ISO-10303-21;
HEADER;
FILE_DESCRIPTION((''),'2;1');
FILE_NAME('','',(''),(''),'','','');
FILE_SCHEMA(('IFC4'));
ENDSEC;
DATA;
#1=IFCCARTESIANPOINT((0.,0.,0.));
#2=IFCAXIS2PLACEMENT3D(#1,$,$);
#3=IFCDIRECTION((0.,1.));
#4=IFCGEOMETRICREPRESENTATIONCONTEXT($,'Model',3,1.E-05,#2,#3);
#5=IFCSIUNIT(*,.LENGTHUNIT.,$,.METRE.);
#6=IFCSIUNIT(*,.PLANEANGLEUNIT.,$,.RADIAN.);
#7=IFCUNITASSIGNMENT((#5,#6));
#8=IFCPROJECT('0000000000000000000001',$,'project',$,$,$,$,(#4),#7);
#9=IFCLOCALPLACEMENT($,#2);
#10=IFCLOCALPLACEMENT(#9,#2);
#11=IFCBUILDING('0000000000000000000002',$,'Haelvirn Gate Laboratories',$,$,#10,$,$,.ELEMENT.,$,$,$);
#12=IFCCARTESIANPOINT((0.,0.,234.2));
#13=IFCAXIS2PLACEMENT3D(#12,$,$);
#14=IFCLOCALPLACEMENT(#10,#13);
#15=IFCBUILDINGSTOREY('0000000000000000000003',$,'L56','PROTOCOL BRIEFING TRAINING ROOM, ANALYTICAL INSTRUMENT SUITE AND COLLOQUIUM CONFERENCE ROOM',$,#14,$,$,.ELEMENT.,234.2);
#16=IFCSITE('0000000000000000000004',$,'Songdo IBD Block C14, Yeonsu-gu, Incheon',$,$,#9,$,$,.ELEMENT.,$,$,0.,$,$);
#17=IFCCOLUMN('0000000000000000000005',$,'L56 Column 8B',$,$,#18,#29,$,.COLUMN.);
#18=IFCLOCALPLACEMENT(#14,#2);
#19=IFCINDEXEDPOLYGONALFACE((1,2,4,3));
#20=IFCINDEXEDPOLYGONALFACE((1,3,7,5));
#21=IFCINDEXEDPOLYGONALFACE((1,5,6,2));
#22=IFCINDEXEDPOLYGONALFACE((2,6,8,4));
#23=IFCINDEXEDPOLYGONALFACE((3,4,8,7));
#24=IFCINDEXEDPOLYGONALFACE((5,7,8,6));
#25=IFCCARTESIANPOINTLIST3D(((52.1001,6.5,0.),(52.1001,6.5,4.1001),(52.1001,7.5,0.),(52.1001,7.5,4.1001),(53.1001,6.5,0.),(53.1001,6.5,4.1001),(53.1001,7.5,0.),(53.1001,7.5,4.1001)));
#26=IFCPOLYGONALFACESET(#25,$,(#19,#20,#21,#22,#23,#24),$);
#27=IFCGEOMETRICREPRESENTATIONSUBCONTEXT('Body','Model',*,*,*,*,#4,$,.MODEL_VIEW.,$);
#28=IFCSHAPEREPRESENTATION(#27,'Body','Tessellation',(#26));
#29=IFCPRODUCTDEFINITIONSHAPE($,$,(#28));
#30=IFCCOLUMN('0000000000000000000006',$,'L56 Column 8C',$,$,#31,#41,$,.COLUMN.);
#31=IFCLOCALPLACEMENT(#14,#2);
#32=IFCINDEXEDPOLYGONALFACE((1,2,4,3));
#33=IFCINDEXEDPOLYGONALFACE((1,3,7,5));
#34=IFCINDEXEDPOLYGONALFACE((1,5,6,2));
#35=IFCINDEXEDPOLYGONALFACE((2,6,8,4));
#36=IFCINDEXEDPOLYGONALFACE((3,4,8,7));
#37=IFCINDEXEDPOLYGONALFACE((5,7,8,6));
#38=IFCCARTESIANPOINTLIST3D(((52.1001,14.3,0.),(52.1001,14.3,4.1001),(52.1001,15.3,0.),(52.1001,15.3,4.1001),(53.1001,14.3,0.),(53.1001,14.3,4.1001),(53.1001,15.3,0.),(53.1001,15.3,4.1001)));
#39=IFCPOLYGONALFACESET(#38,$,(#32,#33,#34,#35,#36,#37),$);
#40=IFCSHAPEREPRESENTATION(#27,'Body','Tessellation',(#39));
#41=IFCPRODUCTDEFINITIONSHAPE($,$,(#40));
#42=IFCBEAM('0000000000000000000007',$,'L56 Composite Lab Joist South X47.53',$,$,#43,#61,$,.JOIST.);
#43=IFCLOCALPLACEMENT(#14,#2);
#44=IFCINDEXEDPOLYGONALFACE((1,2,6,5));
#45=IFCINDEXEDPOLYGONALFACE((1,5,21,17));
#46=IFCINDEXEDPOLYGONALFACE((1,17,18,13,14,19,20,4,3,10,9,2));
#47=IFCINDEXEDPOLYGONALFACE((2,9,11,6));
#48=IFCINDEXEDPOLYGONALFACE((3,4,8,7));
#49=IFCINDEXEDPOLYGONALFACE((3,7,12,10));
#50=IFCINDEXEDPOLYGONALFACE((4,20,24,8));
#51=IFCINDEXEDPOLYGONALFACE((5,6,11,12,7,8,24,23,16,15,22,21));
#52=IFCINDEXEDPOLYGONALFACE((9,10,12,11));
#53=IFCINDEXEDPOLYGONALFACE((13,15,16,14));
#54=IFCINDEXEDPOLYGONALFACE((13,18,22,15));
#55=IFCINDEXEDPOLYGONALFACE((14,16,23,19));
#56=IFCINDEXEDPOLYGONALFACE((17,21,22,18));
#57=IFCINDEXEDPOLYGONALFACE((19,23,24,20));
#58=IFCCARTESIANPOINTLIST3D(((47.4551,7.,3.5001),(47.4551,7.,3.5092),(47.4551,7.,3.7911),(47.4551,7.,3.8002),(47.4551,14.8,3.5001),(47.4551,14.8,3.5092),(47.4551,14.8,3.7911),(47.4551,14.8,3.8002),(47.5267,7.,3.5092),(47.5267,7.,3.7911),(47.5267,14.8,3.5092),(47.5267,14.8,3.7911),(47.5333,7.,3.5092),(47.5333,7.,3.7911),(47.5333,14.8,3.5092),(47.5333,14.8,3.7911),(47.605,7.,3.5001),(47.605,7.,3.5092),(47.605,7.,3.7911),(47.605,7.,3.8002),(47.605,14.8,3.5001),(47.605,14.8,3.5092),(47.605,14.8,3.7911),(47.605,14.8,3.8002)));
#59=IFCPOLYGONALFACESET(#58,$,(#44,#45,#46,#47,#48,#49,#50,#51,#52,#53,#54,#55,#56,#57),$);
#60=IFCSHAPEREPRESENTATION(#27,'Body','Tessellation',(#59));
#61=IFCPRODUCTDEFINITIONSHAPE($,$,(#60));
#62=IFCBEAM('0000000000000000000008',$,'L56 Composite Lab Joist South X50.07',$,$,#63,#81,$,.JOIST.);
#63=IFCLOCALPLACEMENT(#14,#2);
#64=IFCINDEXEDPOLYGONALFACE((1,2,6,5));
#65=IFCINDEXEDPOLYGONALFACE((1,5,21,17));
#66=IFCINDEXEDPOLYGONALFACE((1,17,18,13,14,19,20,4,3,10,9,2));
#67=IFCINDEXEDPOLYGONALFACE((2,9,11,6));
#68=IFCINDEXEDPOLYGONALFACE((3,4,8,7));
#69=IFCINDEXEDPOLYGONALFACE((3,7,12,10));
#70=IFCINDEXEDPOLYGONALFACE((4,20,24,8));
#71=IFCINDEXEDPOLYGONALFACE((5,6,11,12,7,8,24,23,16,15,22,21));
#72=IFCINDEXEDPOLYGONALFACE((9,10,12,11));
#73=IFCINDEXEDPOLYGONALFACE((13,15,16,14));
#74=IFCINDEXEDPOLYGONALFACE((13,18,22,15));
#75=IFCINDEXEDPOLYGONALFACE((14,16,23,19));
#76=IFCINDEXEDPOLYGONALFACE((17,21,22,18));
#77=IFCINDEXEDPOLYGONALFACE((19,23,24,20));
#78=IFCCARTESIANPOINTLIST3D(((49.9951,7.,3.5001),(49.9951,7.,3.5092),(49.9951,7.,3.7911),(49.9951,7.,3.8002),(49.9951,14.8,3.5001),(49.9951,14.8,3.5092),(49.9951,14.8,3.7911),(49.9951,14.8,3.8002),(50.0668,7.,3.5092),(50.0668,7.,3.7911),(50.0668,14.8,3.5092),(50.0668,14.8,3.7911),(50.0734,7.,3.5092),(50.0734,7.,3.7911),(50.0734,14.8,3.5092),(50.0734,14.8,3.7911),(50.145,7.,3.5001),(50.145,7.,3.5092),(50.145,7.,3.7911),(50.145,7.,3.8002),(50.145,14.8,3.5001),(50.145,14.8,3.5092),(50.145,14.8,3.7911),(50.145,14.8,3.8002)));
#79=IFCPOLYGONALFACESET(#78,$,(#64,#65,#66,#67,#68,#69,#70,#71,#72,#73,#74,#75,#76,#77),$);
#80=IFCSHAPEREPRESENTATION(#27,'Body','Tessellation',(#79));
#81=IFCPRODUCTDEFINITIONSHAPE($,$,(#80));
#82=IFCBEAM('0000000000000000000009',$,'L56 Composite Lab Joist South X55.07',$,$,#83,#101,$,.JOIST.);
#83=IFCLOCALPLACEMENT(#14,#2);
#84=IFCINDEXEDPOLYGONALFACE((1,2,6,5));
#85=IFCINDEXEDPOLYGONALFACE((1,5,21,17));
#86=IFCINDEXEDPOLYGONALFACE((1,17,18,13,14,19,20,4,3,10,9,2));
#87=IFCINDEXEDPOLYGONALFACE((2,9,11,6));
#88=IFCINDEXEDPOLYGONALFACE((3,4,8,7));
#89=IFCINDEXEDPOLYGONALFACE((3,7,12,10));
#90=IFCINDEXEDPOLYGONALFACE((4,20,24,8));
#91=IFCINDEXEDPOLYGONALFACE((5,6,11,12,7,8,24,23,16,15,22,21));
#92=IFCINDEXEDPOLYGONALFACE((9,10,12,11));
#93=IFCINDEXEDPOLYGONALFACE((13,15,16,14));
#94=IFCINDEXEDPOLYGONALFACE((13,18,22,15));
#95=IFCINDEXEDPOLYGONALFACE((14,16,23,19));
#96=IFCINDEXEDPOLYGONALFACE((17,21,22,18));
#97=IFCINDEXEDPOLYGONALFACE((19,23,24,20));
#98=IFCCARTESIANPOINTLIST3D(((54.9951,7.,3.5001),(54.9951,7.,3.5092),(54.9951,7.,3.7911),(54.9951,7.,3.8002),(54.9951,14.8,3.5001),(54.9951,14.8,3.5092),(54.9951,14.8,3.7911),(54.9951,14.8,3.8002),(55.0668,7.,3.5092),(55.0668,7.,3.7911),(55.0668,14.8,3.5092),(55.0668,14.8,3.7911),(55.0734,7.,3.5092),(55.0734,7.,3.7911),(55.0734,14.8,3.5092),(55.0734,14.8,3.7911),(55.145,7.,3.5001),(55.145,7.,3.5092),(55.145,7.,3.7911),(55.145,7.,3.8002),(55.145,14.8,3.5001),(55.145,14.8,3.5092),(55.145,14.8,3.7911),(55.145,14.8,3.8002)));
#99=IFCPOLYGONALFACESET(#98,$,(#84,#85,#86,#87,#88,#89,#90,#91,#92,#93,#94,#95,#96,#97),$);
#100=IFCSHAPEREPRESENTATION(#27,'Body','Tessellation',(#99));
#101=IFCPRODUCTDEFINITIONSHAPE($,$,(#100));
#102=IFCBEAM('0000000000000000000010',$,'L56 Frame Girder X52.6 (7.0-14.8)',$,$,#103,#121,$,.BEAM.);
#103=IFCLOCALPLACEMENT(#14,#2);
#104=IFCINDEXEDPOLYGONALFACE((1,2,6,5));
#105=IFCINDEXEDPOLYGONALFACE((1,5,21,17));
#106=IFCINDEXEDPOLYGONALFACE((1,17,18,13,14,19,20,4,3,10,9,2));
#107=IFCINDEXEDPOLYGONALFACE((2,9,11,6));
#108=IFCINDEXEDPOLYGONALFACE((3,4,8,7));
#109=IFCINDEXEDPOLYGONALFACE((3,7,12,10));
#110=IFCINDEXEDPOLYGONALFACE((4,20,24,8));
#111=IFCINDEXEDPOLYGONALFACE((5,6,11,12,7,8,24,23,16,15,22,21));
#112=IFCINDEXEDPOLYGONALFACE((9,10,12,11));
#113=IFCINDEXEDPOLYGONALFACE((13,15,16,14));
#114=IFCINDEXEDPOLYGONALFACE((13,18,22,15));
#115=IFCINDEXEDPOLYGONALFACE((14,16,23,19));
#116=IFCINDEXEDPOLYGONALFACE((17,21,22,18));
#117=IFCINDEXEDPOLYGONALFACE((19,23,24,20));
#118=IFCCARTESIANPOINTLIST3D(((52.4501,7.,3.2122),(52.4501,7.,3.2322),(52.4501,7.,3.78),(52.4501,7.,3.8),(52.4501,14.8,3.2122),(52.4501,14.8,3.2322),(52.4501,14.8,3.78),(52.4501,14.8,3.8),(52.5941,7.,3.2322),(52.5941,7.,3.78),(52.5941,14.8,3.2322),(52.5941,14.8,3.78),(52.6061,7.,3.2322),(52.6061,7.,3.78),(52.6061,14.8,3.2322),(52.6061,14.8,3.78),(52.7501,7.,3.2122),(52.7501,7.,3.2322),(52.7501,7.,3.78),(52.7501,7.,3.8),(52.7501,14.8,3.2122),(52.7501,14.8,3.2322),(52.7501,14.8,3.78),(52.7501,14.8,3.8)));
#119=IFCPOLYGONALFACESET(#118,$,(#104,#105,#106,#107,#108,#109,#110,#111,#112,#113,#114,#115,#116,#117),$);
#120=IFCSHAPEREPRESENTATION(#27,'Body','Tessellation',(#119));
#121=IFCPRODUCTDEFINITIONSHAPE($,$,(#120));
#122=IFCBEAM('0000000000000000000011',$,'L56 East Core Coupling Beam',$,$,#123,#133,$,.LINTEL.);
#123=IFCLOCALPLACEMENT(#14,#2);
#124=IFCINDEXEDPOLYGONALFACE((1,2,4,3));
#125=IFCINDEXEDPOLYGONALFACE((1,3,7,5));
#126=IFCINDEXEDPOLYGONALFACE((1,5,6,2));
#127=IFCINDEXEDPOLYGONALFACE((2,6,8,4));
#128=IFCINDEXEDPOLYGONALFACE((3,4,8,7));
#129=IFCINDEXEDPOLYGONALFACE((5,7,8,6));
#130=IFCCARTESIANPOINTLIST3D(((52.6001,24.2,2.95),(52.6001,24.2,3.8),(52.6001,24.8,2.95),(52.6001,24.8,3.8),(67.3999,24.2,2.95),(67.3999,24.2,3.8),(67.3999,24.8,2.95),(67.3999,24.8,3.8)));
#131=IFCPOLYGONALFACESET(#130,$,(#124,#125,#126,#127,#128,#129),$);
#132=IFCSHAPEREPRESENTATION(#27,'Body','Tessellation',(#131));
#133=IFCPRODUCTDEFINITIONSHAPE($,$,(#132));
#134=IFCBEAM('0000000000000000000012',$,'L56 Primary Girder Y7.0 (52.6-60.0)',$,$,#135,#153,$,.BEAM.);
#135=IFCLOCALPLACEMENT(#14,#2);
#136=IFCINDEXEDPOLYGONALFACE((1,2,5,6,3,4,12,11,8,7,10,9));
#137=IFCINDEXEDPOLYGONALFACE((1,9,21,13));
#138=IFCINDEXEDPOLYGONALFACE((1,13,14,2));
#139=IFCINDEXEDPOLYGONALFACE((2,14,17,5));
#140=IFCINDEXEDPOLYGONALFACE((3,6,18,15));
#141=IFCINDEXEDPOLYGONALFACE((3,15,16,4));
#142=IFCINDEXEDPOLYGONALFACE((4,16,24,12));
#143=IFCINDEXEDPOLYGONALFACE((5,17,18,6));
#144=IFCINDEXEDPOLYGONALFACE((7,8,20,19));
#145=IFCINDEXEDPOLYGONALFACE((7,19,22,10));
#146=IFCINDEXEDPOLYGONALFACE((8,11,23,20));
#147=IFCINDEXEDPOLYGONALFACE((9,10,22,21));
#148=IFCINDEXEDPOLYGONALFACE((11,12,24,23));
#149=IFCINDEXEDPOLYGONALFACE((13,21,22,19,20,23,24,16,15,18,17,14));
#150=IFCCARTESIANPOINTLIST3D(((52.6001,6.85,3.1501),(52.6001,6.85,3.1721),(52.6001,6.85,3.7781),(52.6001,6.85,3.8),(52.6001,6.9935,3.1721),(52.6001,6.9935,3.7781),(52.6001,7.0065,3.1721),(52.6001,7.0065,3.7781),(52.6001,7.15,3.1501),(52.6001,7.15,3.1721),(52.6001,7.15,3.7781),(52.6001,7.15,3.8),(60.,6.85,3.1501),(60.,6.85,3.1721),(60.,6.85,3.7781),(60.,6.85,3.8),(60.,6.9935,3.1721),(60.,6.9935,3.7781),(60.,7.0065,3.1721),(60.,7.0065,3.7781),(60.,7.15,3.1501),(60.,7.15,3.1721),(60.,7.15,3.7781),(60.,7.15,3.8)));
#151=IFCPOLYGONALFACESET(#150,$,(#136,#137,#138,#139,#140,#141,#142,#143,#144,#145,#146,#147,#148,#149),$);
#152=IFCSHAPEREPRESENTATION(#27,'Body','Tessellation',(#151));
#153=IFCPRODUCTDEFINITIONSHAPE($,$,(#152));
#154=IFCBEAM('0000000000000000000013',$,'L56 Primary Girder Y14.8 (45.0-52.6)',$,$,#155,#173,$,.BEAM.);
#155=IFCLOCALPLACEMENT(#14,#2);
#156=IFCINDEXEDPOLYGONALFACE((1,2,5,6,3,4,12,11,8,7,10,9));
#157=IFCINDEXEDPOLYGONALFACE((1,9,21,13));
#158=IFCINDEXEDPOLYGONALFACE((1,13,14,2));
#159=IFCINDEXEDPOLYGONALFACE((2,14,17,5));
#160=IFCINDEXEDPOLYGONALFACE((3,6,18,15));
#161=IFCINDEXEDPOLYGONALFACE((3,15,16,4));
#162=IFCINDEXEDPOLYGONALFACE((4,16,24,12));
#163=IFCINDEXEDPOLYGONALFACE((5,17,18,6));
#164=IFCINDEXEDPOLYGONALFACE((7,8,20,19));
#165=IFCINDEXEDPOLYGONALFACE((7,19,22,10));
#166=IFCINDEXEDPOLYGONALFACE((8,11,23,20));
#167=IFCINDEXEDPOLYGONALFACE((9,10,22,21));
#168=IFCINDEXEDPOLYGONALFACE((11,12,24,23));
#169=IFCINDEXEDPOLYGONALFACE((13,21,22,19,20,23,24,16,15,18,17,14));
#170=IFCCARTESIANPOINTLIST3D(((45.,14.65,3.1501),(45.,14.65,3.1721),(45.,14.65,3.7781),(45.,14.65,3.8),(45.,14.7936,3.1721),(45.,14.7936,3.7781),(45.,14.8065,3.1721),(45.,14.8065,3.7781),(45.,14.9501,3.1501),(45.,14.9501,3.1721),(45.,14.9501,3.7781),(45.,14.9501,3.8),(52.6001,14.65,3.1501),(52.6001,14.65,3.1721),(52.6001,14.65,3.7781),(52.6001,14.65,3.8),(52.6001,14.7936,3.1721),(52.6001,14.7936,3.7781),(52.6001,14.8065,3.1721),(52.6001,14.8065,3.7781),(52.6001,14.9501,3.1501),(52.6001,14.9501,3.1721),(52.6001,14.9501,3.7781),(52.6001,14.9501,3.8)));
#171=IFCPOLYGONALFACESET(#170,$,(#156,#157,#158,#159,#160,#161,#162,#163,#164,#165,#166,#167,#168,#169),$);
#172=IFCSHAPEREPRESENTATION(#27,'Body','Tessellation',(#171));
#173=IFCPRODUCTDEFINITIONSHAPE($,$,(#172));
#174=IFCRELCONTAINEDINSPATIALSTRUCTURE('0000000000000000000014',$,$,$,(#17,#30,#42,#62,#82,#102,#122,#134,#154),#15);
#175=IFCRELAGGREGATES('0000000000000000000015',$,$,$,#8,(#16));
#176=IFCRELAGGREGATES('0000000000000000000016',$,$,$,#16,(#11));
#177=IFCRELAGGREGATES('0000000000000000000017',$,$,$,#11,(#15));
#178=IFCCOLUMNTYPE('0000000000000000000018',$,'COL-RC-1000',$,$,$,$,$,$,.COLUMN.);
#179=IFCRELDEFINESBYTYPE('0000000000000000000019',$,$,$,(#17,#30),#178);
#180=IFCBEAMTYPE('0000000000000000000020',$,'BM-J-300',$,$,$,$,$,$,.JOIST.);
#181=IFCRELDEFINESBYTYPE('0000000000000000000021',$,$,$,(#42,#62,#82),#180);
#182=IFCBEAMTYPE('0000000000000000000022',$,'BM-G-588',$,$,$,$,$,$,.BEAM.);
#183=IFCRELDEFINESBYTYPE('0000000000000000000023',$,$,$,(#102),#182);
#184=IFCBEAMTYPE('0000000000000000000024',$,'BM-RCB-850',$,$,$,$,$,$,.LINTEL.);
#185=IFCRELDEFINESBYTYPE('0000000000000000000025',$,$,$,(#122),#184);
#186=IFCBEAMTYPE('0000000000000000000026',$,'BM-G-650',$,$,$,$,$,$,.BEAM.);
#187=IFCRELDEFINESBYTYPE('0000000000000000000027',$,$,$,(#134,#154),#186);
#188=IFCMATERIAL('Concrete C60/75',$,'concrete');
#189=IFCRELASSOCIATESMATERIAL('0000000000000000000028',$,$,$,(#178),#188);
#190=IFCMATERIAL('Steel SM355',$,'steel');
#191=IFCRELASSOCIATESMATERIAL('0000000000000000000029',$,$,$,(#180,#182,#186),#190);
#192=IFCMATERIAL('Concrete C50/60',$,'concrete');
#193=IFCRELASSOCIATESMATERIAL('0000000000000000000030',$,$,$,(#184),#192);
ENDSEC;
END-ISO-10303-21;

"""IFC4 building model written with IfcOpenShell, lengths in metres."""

from ifc_helpers import new_model, si_unit, direction, frame, origin, origin_2d, place, context, subcontext, project, spatial, rectangle, i_section, extrude, source, transform, mapped, material, material_profile, profile_set, type_object, type_shapes, element, save


model = new_model("IFC4")

# Units and contexts
model_context = context("Model", 3, precision=1e-05, world=origin(), true_north=direction((0.0, 1.0)))
body_context = subcontext(model_context, "Body", "Model", "MODEL_VIEW")
ifc_project = project(units=[si_unit("LENGTHUNIT", "METRE"), si_unit("PLANEANGLEUNIT", "RADIAN")], contexts=[model_context])

# Site, building, storey
site_placement = place(None, origin())
site = spatial("IfcSite", under=ifc_project, at=site_placement, Name="Songdo IBD Block C14, Yeonsu-gu, Incheon", CompositionType="ELEMENT", RefElevation=0.0)
building_placement = place(site_placement, origin())
building = spatial("IfcBuilding", under=site, at=building_placement, Name="Haelvirn Gate Laboratories", CompositionType="ELEMENT")
storey_placement = place(building_placement, frame((0.0, 0.0, 234.2)))
storey = spatial("IfcBuildingStorey", under=building, at=storey_placement, Name="L56", Description="PROTOCOL BRIEFING TRAINING ROOM, ANALYTICAL INSTRUMENT SUITE AND COLLOQUIUM CONFERENCE ROOM", CompositionType="ELEMENT", Elevation=234.2)

# Columns
ifc_material_1 = material(Name="Concrete C60/75", Category="concrete")
ifc_material_profile_1 = material_profile(ifc_material_1, rectangle(XDim=1.0, YDim=1.0, at=origin_2d()), Name="RC-1000x1000")
ifc_profile_set_1 = profile_set([ifc_material_profile_1], Name="Concrete C60/75")
column_type = type_object("IfcColumnType", Name="COL-RC-1000", PredefinedType="COLUMN", material=ifc_profile_set_1)
shared_shape_1 = source(origin(), body_context, "Body", "SweptSolid", [
    extrude(rectangle(XDim=1.0, YDim=1.0, at=origin_2d()), origin(), (0.0, 0.0, 1.0), 4.1001),
])
type_shapes(column_type, [shared_shape_1])
for number, where, z_axis, x_axis, name in (
    (1, (52.6001, 7.0, 0.0), (0.0, 0.0, 1.0), (1.0, 0.0, 0.0), "L56 Column 8B"),
    (2, (52.6001, 14.8, 0.0), (0.0, 0.0, 1.0), (1.0, 0.0, 0.0), "L56 Column 8C"),
):
    element("IfcColumn", number, at=place(storey_placement, frame(where, z_axis=z_axis, x_axis=x_axis)), inside=storey, type_object=column_type, Name=name, PredefinedType="COLUMN", context=body_context, shape_type="MappedRepresentation", body=[
        mapped(shared_shape_1, transform((0.0, 0.0, 0.0), scale=1.0)),
    ])

# Beams
ifc_material_2 = material(Name="Steel SM355", Category="steel")
ifc_material_profile_2 = material_profile(ifc_material_2, i_section(OverallWidth=0.1499, OverallDepth=0.3, WebThickness=0.0066, FlangeThickness=0.009, at=origin_2d()), Name="H-300x150x6.5x9")
ifc_profile_set_2 = profile_set([ifc_material_profile_2], Name="Steel SM355")
beam_type_1 = type_object("IfcBeamType", Name="BM-J-300", PredefinedType="JOIST", material=ifc_profile_set_2)
shared_shape_2 = source(origin(), body_context, "Body", "SweptSolid", [
    extrude(i_section(OverallWidth=0.1499, OverallDepth=0.3, WebThickness=0.0066, FlangeThickness=0.009, at=origin_2d()), origin(), (0.0, 0.0, 1.0), 7.8),
])
type_shapes(beam_type_1, [shared_shape_2])
for number, where, z_axis, x_axis, name in (
    (3, (47.53, 7.0, 3.6501), (0.0, 1.0, 0.0), (-1.0, 0.0, 0.0), "L56 Composite Lab Joist South X47.53"),
    (4, (50.0701, 7.0, 3.6501), (0.0, 1.0, 0.0), (-1.0, 0.0, 0.0), "L56 Composite Lab Joist South X50.07"),
    (5, (55.0701, 7.0, 3.6501), (0.0, 1.0, 0.0), (-1.0, 0.0, 0.0), "L56 Composite Lab Joist South X55.07"),
):
    element("IfcBeam", number, at=place(storey_placement, frame(where, z_axis=z_axis, x_axis=x_axis)), inside=storey, type_object=beam_type_1, Name=name, PredefinedType="JOIST", context=body_context, shape_type="MappedRepresentation", body=[
        mapped(shared_shape_2, transform((0.0, 0.0, 0.0), scale=1.0)),
    ])
ifc_material_profile_3 = material_profile(ifc_material_2, i_section(OverallWidth=0.3, OverallDepth=0.5879, WebThickness=0.012, FlangeThickness=0.02, at=origin_2d()), Name="H-588x300x12x20")
ifc_profile_set_3 = profile_set([ifc_material_profile_3], Name="Steel SM355")
beam_type_2 = type_object("IfcBeamType", Name="BM-G-588", PredefinedType="BEAM", material=ifc_profile_set_3)
shared_shape_3 = source(origin(), body_context, "Body", "SweptSolid", [
    extrude(i_section(OverallWidth=0.3, OverallDepth=0.5879, WebThickness=0.012, FlangeThickness=0.02, at=origin_2d()), origin(), (0.0, 0.0, 1.0), 7.8),
])
type_shapes(beam_type_2, [shared_shape_3])
beam_1_placement = place(storey_placement, frame((52.6001, 7.0, 3.5061), z_axis=(0.0, 1.0, 0.0), x_axis=(-1.0, 0.0, 0.0)))
element("IfcBeam", 6, at=beam_1_placement, inside=storey, type_object=beam_type_2, Name="L56 Frame Girder X52.6 (7.0-14.8)", PredefinedType="BEAM", context=body_context, shape_type="MappedRepresentation", body=[
    mapped(shared_shape_3, transform((0.0, 0.0, 0.0), scale=1.0)),
])
ifc_material_3 = material(Name="Concrete C50/60", Category="concrete")
ifc_material_profile_4 = material_profile(ifc_material_3, rectangle(XDim=0.6001, YDim=0.8501, at=origin_2d()), Name="RCB-600x850")
ifc_profile_set_4 = profile_set([ifc_material_profile_4], Name="Concrete C50/60")
beam_type_3 = type_object("IfcBeamType", Name="BM-RCB-850", PredefinedType="LINTEL", material=ifc_profile_set_4)
shared_shape_4 = source(origin(), body_context, "Body", "SweptSolid", [
    extrude(rectangle(XDim=0.6001, YDim=0.8501, at=origin_2d()), origin(), (0.0, 0.0, 1.0), 14.7998),
])
type_shapes(beam_type_3, [shared_shape_4])
beam_2_placement = place(storey_placement, frame((52.6001, 24.5, 3.375), z_axis=(1.0, 0.0, 0.0), x_axis=(0.0, 1.0, 0.0)))
element("IfcBeam", 7, at=beam_2_placement, inside=storey, type_object=beam_type_3, Name="L56 East Core Coupling Beam", PredefinedType="LINTEL", context=body_context, shape_type="MappedRepresentation", body=[
    mapped(shared_shape_4, transform((0.0, 0.0, 0.0), scale=1.0)),
])
ifc_material_profile_5 = material_profile(ifc_material_2, i_section(OverallWidth=0.3, OverallDepth=0.6499, WebThickness=0.0129, FlangeThickness=0.022, at=origin_2d()), Name="H-650x300x13x22")
ifc_profile_set_5 = profile_set([ifc_material_profile_5], Name="Steel SM355")
beam_type_4 = type_object("IfcBeamType", Name="BM-G-650", PredefinedType="BEAM", material=ifc_profile_set_5)
shared_shape_5 = source(origin(), body_context, "Body", "SweptSolid", [
    extrude(i_section(OverallWidth=0.3, OverallDepth=0.6499, WebThickness=0.0129, FlangeThickness=0.022, at=origin_2d()), origin(), (0.0, 0.0, 1.0), 7.3999),
])
beam_3_placement = place(storey_placement, frame((52.6001, 7.0, 3.4751), z_axis=(1.0, 0.0, 0.0), x_axis=(0.0, 1.0, 0.0)))
element("IfcBeam", 8, at=beam_3_placement, inside=storey, type_object=beam_type_4, Name="L56 Primary Girder Y7.0 (52.6-60.0)", PredefinedType="BEAM", context=body_context, shape_type="MappedRepresentation", body=[
    mapped(shared_shape_5, transform((0.0, 0.0, 0.0), scale=1.0)),
])
shared_shape_6 = source(origin(), body_context, "Body", "SweptSolid", [
    extrude(i_section(OverallWidth=0.3, OverallDepth=0.6499, WebThickness=0.0129, FlangeThickness=0.022, at=origin_2d()), origin(), (0.0, 0.0, 1.0), 7.6001),
])
type_shapes(beam_type_4, [shared_shape_5, shared_shape_6])
beam_4_placement = place(storey_placement, frame((45.0, 14.8, 3.4751), z_axis=(1.0, 0.0, 0.0), x_axis=(0.0, 1.0, 0.0)))
element("IfcBeam", 9, at=beam_4_placement, inside=storey, type_object=beam_type_4, Name="L56 Primary Girder Y14.8 (45.0-52.6)", PredefinedType="BEAM", context=body_context, shape_type="MappedRepresentation", body=[
    mapped(shared_shape_6, transform((0.0, 0.0, 0.0), scale=1.0)),
])

save(model, "model.ifc")
